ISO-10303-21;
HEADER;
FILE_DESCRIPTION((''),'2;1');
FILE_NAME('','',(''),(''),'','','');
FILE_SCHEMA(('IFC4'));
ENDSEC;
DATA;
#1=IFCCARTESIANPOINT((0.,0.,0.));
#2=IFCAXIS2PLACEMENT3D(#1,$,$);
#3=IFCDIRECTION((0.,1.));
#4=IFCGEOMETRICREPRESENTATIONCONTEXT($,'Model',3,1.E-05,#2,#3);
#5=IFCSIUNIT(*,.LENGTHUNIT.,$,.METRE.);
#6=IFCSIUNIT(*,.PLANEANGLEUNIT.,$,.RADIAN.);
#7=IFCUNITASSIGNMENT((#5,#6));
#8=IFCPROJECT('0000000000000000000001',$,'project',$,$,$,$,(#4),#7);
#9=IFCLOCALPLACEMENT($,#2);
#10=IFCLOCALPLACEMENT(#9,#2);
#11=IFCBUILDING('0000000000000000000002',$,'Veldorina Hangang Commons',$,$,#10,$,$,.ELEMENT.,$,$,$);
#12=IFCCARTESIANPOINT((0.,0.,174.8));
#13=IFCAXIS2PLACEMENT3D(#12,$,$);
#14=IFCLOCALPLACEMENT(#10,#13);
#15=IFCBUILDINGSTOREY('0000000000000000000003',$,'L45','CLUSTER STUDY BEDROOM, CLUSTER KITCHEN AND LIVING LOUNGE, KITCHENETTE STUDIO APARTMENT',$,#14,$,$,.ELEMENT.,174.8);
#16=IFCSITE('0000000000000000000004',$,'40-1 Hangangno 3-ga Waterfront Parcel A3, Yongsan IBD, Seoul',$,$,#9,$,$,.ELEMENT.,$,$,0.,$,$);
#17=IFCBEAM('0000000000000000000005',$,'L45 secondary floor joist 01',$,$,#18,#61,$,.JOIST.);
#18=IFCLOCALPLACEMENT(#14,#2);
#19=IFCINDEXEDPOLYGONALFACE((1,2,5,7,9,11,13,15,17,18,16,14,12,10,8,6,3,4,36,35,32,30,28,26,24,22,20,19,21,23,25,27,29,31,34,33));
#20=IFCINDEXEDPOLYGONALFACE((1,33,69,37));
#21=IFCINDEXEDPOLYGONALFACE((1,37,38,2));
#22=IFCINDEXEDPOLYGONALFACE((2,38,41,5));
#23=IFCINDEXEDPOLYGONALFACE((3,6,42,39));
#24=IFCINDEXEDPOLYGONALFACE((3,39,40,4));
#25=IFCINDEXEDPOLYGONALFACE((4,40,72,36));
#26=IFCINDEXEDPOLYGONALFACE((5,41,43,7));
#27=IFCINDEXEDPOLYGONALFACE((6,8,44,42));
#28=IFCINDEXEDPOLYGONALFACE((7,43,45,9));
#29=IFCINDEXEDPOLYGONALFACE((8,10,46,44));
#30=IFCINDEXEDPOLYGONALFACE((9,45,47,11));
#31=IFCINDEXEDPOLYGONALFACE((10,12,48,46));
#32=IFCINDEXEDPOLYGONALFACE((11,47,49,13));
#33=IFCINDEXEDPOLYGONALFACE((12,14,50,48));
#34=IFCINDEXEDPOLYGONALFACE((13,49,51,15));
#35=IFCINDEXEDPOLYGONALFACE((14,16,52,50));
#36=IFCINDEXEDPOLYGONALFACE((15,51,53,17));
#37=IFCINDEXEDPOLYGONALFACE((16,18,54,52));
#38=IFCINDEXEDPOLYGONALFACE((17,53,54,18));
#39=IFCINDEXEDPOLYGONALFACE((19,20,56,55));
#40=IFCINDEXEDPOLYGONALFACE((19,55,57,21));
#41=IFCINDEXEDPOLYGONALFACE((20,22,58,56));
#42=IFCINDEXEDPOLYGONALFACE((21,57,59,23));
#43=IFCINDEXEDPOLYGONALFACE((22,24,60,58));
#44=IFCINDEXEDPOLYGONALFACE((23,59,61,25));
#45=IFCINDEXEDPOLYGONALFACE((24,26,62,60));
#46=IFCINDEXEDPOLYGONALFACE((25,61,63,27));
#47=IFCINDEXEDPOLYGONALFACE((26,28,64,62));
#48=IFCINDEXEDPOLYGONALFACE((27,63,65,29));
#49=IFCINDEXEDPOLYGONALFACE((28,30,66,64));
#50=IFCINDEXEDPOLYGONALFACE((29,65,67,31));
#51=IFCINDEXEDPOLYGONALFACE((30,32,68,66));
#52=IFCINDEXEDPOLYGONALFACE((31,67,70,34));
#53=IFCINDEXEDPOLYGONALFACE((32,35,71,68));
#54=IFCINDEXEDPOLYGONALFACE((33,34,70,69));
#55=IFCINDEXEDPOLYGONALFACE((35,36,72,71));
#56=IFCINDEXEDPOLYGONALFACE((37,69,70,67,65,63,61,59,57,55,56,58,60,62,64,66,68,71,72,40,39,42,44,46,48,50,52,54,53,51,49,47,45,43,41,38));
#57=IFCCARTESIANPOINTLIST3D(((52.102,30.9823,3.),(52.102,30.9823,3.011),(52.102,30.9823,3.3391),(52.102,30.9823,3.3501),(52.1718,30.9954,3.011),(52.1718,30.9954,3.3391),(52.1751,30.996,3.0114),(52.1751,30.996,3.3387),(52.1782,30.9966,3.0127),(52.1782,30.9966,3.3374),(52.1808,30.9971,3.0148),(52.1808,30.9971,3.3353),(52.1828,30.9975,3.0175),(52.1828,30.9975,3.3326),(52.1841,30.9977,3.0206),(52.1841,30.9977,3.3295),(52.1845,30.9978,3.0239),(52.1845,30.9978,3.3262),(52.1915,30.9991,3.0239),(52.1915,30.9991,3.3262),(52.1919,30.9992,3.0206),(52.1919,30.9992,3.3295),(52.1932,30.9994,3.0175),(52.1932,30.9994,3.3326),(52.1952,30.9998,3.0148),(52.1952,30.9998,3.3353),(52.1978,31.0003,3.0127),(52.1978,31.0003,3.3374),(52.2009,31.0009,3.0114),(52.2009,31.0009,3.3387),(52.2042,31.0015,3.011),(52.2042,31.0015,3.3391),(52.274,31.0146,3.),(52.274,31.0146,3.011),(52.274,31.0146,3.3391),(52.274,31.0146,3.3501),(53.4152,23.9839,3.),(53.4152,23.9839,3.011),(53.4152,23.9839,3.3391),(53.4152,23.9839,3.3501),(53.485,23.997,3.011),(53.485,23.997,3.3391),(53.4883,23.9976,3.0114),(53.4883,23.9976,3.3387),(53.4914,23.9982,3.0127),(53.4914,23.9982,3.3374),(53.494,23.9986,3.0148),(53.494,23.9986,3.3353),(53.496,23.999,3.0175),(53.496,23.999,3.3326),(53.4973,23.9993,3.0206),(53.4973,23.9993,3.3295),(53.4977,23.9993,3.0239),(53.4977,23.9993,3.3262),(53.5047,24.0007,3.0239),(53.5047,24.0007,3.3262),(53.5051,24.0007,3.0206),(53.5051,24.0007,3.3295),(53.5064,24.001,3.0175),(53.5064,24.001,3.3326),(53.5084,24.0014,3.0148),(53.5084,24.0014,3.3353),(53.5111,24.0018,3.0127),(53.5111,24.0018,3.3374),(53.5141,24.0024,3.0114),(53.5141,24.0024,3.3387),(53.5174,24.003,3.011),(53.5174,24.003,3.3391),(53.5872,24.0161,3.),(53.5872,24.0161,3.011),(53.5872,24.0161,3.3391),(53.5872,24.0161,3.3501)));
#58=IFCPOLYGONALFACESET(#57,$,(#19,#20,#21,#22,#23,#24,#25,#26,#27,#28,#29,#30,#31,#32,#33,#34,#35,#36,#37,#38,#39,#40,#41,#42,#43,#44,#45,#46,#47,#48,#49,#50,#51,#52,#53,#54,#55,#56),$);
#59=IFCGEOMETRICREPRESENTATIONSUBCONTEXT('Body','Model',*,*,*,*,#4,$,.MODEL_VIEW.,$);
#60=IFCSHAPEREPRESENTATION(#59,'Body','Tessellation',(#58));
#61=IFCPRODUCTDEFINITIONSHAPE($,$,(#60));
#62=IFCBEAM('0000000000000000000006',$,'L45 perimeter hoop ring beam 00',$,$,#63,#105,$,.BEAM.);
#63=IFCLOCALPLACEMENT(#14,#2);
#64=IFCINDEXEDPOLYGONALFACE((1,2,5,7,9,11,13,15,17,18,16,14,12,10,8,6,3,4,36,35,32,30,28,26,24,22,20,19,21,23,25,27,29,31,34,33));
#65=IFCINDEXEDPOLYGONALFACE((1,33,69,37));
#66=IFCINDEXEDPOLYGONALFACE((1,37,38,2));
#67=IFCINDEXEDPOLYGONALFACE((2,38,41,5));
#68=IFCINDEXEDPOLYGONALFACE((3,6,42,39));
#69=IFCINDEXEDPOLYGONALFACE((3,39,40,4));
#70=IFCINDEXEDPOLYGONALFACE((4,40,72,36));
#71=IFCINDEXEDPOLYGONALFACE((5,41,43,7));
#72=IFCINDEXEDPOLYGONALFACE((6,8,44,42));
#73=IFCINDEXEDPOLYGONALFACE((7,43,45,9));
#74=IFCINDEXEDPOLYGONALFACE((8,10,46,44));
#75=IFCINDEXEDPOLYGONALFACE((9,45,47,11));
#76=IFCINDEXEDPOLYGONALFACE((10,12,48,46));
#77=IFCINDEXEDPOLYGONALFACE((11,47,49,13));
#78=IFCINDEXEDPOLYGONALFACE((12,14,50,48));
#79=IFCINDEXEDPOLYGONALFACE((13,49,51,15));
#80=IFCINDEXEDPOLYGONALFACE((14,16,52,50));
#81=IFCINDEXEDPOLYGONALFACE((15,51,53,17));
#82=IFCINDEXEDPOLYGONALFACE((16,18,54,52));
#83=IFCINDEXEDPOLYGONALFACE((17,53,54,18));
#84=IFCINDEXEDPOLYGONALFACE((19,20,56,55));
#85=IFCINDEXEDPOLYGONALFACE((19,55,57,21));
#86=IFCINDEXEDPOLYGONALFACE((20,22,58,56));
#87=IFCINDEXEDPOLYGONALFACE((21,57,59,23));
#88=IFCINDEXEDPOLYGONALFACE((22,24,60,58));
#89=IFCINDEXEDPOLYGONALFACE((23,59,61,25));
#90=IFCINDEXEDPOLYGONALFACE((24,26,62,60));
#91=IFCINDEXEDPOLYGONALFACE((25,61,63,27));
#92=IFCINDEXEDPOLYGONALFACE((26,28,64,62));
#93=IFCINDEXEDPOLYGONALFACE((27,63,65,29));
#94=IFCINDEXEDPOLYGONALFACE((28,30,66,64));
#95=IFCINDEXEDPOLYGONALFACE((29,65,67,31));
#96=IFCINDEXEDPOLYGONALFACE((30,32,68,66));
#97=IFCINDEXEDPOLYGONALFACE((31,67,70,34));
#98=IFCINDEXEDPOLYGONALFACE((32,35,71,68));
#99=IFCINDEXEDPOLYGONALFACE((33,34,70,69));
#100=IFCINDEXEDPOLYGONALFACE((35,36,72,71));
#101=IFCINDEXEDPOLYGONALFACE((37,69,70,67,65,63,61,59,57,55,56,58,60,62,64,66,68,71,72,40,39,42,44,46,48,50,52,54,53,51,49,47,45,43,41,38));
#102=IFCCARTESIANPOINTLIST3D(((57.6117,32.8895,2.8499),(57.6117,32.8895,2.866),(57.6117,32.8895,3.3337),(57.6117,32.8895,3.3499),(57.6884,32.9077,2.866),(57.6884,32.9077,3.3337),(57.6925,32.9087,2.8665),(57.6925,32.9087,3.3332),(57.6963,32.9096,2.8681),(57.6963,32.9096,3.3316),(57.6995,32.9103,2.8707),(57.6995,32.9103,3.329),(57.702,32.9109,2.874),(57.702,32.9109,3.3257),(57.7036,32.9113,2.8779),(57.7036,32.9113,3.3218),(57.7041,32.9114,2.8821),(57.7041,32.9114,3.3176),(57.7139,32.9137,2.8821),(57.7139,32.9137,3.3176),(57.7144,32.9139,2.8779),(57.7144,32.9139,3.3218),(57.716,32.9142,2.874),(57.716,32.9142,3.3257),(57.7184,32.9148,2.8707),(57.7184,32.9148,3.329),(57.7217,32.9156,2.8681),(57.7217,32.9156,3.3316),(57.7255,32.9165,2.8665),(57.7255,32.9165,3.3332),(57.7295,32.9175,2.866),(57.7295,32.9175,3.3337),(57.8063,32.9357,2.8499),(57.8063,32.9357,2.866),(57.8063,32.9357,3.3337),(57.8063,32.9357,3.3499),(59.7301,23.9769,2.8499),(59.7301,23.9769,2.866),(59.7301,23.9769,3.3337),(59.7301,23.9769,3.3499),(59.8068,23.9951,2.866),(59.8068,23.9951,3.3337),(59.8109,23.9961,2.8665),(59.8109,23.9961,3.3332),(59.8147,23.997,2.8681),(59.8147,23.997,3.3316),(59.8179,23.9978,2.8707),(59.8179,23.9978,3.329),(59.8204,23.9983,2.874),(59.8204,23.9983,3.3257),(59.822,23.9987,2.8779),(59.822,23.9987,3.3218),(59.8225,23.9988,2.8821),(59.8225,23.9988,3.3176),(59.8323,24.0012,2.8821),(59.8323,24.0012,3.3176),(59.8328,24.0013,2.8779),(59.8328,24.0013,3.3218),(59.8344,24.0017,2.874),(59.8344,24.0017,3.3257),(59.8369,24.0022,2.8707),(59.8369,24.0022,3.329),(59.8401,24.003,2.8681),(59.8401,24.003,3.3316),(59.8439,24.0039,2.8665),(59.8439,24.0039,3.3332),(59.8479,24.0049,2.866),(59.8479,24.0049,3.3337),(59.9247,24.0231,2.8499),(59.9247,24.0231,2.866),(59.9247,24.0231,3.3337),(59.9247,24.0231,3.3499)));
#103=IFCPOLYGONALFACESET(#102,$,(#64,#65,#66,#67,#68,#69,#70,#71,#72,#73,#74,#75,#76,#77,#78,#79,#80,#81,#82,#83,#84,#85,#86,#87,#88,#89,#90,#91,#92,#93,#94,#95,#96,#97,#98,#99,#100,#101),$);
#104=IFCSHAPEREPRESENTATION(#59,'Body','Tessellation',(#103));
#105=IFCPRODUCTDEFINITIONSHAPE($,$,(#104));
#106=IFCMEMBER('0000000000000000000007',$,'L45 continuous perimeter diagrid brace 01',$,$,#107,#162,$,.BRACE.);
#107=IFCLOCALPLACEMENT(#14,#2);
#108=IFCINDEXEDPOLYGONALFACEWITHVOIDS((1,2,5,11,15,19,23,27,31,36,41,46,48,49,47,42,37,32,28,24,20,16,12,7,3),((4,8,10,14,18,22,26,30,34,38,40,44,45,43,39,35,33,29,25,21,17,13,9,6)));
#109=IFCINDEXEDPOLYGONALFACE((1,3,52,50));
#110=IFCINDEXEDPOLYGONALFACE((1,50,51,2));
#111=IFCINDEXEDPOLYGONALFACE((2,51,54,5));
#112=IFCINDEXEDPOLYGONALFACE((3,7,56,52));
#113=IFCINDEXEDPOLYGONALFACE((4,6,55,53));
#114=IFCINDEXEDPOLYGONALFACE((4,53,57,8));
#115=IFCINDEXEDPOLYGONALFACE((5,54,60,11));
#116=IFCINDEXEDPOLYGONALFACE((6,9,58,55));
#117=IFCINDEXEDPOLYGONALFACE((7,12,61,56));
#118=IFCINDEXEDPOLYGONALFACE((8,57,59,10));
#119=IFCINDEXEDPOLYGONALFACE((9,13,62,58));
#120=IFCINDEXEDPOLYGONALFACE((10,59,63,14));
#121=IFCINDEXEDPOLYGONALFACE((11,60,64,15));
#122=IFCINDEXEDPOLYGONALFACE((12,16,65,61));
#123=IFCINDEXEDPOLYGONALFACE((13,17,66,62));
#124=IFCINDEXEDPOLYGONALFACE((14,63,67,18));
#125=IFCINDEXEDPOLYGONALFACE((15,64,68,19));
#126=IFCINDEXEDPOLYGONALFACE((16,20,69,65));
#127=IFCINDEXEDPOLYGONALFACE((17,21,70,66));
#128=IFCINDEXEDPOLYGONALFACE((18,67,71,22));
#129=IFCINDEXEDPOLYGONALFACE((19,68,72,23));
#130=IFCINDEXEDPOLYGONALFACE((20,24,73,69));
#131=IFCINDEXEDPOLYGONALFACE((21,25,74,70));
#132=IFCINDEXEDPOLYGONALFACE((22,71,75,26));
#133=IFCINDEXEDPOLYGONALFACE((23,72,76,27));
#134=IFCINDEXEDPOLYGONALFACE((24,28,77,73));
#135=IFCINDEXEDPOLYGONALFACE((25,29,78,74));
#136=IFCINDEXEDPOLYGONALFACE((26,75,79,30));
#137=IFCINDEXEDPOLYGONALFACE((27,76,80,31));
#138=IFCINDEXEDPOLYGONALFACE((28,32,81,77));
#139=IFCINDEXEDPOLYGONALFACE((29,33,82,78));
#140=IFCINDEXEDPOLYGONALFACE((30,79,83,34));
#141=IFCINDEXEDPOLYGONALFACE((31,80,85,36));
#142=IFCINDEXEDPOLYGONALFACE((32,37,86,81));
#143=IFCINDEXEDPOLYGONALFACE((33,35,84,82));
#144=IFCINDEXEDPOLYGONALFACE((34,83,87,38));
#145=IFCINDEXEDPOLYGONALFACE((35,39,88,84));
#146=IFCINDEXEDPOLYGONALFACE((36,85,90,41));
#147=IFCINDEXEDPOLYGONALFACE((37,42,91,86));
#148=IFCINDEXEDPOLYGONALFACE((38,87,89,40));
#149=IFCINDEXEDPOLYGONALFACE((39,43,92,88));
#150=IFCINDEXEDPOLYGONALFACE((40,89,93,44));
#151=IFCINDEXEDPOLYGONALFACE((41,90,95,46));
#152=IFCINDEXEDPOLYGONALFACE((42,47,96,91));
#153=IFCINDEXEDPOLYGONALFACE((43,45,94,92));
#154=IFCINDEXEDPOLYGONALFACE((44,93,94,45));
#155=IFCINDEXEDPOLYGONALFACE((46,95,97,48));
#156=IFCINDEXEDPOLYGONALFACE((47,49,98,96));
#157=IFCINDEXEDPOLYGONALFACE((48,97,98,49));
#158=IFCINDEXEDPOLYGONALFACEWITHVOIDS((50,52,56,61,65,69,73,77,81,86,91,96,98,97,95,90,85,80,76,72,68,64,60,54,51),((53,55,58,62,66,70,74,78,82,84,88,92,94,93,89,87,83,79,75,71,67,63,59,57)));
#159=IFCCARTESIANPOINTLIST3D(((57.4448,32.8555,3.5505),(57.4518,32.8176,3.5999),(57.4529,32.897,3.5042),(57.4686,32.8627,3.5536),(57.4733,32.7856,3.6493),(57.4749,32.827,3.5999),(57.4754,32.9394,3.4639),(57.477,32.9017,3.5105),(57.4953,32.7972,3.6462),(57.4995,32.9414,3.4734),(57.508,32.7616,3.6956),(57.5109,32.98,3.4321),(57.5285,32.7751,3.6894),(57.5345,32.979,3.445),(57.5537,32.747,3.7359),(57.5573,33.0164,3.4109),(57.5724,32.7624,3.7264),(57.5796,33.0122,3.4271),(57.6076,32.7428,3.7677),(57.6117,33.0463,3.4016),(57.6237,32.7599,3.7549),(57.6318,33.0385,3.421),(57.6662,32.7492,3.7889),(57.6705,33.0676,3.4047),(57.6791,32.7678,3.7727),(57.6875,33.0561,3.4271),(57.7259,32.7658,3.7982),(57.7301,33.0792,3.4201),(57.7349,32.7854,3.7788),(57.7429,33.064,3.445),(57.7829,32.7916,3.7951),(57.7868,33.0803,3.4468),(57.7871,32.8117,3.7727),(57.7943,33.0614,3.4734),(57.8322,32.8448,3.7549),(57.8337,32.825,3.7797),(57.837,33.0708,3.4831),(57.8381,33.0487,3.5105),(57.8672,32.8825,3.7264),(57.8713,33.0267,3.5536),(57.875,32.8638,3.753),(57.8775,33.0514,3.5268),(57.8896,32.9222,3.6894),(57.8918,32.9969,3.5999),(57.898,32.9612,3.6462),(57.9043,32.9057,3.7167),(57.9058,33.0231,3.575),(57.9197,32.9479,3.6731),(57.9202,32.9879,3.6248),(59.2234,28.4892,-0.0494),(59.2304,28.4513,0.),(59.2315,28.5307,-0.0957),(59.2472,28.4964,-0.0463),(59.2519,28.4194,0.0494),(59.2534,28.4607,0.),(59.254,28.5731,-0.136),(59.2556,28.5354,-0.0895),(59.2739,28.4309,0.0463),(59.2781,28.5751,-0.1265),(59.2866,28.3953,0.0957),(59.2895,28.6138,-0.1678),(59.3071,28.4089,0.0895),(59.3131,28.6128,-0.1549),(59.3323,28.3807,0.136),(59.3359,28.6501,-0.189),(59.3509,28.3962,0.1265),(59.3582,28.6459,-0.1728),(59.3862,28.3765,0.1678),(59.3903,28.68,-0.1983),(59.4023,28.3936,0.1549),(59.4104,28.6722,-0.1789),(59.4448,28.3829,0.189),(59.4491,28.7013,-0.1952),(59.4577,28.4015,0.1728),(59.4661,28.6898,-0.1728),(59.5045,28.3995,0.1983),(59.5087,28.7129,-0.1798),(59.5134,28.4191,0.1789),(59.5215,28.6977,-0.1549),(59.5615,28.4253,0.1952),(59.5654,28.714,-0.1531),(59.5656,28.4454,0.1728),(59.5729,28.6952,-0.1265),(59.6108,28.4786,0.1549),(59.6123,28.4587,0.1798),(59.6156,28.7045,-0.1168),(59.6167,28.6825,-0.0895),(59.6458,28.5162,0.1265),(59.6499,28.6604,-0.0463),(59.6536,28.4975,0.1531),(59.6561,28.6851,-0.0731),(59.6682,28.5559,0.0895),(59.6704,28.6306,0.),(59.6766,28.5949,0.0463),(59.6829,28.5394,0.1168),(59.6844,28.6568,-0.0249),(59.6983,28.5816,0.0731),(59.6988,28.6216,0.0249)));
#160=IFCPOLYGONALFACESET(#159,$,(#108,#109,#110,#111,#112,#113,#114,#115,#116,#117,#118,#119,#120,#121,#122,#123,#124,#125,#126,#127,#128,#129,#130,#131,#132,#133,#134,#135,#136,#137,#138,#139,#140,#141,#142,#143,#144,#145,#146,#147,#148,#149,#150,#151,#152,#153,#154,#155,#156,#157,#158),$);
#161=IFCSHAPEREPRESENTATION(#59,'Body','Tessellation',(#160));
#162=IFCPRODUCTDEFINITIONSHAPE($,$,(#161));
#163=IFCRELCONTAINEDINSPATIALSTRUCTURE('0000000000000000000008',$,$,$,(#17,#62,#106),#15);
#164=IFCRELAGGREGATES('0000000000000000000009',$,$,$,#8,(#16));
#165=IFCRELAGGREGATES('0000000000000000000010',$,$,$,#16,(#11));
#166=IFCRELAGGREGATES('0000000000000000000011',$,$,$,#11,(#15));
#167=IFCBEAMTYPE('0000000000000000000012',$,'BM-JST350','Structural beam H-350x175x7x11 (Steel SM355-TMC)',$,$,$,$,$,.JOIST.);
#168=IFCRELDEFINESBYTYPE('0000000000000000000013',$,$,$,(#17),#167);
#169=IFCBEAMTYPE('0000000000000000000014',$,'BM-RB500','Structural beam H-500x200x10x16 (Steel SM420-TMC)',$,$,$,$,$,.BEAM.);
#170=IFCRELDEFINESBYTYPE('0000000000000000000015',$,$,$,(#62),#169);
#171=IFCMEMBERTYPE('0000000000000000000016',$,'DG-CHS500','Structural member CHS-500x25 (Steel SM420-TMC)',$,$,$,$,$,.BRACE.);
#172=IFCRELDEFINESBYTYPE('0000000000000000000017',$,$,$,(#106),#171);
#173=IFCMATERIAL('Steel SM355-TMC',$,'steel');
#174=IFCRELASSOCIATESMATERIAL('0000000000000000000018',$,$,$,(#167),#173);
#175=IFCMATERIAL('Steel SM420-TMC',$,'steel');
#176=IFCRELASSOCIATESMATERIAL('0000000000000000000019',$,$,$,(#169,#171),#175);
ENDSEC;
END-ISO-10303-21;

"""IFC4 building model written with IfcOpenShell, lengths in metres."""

from ifc_helpers import new_model, si_unit, direction, frame, origin, origin_2d, place, context, subcontext, project, spatial, hollow_circle, i_section, extrude, material, material_profile, profile_set, type_object, element, save


model = new_model("IFC4")

# Units and contexts
model_context = context("Model", 3, precision=1e-05, world=origin(), true_north=direction((0.0, 1.0)))
body_context = subcontext(model_context, "Body", "Model", "MODEL_VIEW")
ifc_project = project(units=[si_unit("LENGTHUNIT", "METRE"), si_unit("PLANEANGLEUNIT", "RADIAN")], contexts=[model_context])

# Site, building, storey
site_placement = place(None, origin())
site = spatial("IfcSite", under=ifc_project, at=site_placement, Name="40-1 Hangangno 3-ga Waterfront Parcel A3, Yongsan IBD, Seoul", CompositionType="ELEMENT", RefElevation=0.0)
building_placement = place(site_placement, origin())
building = spatial("IfcBuilding", under=site, at=building_placement, Name="Veldorina Hangang Commons", CompositionType="ELEMENT")
storey_placement = place(building_placement, frame((0.0, 0.0, 174.8)))
storey = spatial("IfcBuildingStorey", under=building, at=storey_placement, Name="L45", Description="CLUSTER STUDY BEDROOM, CLUSTER KITCHEN AND LIVING LOUNGE, KITCHENETTE STUDIO APARTMENT", CompositionType="ELEMENT", Elevation=174.8)

# Beams
ifc_material_1 = material(Name="Steel SM355-TMC", Category="steel")
ifc_material_profile_1 = material_profile(ifc_material_1, i_section(OverallWidth=0.175, OverallDepth=0.3501, WebThickness=0.0071, FlangeThickness=0.011, FilletRadius=0.0129, at=origin_2d()), Name="H-350x175x7x11")
ifc_profile_set_1 = profile_set([ifc_material_profile_1], Name="Steel SM355-TMC")
beam_type_1 = type_object("IfcBeamType", Name="BM-JST350", Description="Structural beam H-350x175x7x11 (Steel SM355-TMC)", PredefinedType="JOIST", material=ifc_profile_set_1)
beam_1_placement = place(storey_placement, frame((53.5012, 24.0, 3.175), z_axis=(-0.184425, 0.982847, 0.0), x_axis=(-0.982847, -0.184425, 0.0)))
element("IfcBeam", 1, at=beam_1_placement, inside=storey, type_object=beam_type_1, Name="L45 secondary floor joist 01", PredefinedType="JOIST", context=body_context, shape_type="SweptSolid", body=[
    extrude(i_section(OverallWidth=0.175, OverallDepth=0.3501, WebThickness=0.0071, FlangeThickness=0.011, FilletRadius=0.0129, at=origin_2d()), origin(), (0.0, 0.0, 1.0), 7.1206),
])
ifc_material_2 = material(Name="Steel SM420-TMC", Category="steel")
ifc_material_profile_2 = material_profile(ifc_material_2, i_section(OverallWidth=0.2, OverallDepth=0.5, WebThickness=0.01, FlangeThickness=0.0161, FilletRadius=0.0161, at=origin_2d()), Name="H-500x200x10x16")
ifc_profile_set_2 = profile_set([ifc_material_profile_2], Name="Steel SM420-TMC")
beam_type_2 = type_object("IfcBeamType", Name="BM-RB500", Description="Structural beam H-500x200x10x16 (Steel SM420-TMC)", PredefinedType="BEAM", material=ifc_profile_set_2)
beam_2_placement = place(storey_placement, frame((59.8274, 24.0, 3.0999), z_axis=(-0.231245, 0.972896, 0.0), x_axis=(-0.972896, -0.231245, 0.0)))
element("IfcBeam", 2, at=beam_2_placement, inside=storey, type_object=beam_type_2, Name="L45 perimeter hoop ring beam 00", PredefinedType="BEAM", context=body_context, shape_type="SweptSolid", body=[
    extrude(i_section(OverallWidth=0.2, OverallDepth=0.5, WebThickness=0.01, FlangeThickness=0.0161, FilletRadius=0.0161, at=origin_2d()), origin(), (0.0, 0.0, 1.0), 9.1609),
])

# Member
ifc_material_profile_3 = material_profile(ifc_material_2, hollow_circle(Radius=0.25, WallThickness=0.0249, at=origin_2d()), Name="CHS-500x25")
ifc_profile_set_3 = profile_set([ifc_material_profile_3], Name="Steel SM420-TMC")
member_type = type_object("IfcMemberType", Name="DG-CHS500", Description="Structural member CHS-500x25 (Steel SM420-TMC)", PredefinedType="BRACE", material=ifc_profile_set_3)
member_1_placement = place(storey_placement, frame((59.4619, 28.5457, 0.0), z_axis=(-0.299836, 0.736071, 0.606876), x_axis=(-0.926112, -0.377249, 0.0)))
element("IfcMember", 3, at=member_1_placement, inside=storey, type_object=member_type, Name="L45 continuous perimeter diagrid brace 01", PredefinedType="BRACE", context=body_context, shape_type="SweptSolid", body=[
    extrude(hollow_circle(Radius=0.25, WallThickness=0.0249, at=origin_2d()), origin(), (0.0, 0.0, 1.0), 5.9319),
])

save(model, "model.ifc")
